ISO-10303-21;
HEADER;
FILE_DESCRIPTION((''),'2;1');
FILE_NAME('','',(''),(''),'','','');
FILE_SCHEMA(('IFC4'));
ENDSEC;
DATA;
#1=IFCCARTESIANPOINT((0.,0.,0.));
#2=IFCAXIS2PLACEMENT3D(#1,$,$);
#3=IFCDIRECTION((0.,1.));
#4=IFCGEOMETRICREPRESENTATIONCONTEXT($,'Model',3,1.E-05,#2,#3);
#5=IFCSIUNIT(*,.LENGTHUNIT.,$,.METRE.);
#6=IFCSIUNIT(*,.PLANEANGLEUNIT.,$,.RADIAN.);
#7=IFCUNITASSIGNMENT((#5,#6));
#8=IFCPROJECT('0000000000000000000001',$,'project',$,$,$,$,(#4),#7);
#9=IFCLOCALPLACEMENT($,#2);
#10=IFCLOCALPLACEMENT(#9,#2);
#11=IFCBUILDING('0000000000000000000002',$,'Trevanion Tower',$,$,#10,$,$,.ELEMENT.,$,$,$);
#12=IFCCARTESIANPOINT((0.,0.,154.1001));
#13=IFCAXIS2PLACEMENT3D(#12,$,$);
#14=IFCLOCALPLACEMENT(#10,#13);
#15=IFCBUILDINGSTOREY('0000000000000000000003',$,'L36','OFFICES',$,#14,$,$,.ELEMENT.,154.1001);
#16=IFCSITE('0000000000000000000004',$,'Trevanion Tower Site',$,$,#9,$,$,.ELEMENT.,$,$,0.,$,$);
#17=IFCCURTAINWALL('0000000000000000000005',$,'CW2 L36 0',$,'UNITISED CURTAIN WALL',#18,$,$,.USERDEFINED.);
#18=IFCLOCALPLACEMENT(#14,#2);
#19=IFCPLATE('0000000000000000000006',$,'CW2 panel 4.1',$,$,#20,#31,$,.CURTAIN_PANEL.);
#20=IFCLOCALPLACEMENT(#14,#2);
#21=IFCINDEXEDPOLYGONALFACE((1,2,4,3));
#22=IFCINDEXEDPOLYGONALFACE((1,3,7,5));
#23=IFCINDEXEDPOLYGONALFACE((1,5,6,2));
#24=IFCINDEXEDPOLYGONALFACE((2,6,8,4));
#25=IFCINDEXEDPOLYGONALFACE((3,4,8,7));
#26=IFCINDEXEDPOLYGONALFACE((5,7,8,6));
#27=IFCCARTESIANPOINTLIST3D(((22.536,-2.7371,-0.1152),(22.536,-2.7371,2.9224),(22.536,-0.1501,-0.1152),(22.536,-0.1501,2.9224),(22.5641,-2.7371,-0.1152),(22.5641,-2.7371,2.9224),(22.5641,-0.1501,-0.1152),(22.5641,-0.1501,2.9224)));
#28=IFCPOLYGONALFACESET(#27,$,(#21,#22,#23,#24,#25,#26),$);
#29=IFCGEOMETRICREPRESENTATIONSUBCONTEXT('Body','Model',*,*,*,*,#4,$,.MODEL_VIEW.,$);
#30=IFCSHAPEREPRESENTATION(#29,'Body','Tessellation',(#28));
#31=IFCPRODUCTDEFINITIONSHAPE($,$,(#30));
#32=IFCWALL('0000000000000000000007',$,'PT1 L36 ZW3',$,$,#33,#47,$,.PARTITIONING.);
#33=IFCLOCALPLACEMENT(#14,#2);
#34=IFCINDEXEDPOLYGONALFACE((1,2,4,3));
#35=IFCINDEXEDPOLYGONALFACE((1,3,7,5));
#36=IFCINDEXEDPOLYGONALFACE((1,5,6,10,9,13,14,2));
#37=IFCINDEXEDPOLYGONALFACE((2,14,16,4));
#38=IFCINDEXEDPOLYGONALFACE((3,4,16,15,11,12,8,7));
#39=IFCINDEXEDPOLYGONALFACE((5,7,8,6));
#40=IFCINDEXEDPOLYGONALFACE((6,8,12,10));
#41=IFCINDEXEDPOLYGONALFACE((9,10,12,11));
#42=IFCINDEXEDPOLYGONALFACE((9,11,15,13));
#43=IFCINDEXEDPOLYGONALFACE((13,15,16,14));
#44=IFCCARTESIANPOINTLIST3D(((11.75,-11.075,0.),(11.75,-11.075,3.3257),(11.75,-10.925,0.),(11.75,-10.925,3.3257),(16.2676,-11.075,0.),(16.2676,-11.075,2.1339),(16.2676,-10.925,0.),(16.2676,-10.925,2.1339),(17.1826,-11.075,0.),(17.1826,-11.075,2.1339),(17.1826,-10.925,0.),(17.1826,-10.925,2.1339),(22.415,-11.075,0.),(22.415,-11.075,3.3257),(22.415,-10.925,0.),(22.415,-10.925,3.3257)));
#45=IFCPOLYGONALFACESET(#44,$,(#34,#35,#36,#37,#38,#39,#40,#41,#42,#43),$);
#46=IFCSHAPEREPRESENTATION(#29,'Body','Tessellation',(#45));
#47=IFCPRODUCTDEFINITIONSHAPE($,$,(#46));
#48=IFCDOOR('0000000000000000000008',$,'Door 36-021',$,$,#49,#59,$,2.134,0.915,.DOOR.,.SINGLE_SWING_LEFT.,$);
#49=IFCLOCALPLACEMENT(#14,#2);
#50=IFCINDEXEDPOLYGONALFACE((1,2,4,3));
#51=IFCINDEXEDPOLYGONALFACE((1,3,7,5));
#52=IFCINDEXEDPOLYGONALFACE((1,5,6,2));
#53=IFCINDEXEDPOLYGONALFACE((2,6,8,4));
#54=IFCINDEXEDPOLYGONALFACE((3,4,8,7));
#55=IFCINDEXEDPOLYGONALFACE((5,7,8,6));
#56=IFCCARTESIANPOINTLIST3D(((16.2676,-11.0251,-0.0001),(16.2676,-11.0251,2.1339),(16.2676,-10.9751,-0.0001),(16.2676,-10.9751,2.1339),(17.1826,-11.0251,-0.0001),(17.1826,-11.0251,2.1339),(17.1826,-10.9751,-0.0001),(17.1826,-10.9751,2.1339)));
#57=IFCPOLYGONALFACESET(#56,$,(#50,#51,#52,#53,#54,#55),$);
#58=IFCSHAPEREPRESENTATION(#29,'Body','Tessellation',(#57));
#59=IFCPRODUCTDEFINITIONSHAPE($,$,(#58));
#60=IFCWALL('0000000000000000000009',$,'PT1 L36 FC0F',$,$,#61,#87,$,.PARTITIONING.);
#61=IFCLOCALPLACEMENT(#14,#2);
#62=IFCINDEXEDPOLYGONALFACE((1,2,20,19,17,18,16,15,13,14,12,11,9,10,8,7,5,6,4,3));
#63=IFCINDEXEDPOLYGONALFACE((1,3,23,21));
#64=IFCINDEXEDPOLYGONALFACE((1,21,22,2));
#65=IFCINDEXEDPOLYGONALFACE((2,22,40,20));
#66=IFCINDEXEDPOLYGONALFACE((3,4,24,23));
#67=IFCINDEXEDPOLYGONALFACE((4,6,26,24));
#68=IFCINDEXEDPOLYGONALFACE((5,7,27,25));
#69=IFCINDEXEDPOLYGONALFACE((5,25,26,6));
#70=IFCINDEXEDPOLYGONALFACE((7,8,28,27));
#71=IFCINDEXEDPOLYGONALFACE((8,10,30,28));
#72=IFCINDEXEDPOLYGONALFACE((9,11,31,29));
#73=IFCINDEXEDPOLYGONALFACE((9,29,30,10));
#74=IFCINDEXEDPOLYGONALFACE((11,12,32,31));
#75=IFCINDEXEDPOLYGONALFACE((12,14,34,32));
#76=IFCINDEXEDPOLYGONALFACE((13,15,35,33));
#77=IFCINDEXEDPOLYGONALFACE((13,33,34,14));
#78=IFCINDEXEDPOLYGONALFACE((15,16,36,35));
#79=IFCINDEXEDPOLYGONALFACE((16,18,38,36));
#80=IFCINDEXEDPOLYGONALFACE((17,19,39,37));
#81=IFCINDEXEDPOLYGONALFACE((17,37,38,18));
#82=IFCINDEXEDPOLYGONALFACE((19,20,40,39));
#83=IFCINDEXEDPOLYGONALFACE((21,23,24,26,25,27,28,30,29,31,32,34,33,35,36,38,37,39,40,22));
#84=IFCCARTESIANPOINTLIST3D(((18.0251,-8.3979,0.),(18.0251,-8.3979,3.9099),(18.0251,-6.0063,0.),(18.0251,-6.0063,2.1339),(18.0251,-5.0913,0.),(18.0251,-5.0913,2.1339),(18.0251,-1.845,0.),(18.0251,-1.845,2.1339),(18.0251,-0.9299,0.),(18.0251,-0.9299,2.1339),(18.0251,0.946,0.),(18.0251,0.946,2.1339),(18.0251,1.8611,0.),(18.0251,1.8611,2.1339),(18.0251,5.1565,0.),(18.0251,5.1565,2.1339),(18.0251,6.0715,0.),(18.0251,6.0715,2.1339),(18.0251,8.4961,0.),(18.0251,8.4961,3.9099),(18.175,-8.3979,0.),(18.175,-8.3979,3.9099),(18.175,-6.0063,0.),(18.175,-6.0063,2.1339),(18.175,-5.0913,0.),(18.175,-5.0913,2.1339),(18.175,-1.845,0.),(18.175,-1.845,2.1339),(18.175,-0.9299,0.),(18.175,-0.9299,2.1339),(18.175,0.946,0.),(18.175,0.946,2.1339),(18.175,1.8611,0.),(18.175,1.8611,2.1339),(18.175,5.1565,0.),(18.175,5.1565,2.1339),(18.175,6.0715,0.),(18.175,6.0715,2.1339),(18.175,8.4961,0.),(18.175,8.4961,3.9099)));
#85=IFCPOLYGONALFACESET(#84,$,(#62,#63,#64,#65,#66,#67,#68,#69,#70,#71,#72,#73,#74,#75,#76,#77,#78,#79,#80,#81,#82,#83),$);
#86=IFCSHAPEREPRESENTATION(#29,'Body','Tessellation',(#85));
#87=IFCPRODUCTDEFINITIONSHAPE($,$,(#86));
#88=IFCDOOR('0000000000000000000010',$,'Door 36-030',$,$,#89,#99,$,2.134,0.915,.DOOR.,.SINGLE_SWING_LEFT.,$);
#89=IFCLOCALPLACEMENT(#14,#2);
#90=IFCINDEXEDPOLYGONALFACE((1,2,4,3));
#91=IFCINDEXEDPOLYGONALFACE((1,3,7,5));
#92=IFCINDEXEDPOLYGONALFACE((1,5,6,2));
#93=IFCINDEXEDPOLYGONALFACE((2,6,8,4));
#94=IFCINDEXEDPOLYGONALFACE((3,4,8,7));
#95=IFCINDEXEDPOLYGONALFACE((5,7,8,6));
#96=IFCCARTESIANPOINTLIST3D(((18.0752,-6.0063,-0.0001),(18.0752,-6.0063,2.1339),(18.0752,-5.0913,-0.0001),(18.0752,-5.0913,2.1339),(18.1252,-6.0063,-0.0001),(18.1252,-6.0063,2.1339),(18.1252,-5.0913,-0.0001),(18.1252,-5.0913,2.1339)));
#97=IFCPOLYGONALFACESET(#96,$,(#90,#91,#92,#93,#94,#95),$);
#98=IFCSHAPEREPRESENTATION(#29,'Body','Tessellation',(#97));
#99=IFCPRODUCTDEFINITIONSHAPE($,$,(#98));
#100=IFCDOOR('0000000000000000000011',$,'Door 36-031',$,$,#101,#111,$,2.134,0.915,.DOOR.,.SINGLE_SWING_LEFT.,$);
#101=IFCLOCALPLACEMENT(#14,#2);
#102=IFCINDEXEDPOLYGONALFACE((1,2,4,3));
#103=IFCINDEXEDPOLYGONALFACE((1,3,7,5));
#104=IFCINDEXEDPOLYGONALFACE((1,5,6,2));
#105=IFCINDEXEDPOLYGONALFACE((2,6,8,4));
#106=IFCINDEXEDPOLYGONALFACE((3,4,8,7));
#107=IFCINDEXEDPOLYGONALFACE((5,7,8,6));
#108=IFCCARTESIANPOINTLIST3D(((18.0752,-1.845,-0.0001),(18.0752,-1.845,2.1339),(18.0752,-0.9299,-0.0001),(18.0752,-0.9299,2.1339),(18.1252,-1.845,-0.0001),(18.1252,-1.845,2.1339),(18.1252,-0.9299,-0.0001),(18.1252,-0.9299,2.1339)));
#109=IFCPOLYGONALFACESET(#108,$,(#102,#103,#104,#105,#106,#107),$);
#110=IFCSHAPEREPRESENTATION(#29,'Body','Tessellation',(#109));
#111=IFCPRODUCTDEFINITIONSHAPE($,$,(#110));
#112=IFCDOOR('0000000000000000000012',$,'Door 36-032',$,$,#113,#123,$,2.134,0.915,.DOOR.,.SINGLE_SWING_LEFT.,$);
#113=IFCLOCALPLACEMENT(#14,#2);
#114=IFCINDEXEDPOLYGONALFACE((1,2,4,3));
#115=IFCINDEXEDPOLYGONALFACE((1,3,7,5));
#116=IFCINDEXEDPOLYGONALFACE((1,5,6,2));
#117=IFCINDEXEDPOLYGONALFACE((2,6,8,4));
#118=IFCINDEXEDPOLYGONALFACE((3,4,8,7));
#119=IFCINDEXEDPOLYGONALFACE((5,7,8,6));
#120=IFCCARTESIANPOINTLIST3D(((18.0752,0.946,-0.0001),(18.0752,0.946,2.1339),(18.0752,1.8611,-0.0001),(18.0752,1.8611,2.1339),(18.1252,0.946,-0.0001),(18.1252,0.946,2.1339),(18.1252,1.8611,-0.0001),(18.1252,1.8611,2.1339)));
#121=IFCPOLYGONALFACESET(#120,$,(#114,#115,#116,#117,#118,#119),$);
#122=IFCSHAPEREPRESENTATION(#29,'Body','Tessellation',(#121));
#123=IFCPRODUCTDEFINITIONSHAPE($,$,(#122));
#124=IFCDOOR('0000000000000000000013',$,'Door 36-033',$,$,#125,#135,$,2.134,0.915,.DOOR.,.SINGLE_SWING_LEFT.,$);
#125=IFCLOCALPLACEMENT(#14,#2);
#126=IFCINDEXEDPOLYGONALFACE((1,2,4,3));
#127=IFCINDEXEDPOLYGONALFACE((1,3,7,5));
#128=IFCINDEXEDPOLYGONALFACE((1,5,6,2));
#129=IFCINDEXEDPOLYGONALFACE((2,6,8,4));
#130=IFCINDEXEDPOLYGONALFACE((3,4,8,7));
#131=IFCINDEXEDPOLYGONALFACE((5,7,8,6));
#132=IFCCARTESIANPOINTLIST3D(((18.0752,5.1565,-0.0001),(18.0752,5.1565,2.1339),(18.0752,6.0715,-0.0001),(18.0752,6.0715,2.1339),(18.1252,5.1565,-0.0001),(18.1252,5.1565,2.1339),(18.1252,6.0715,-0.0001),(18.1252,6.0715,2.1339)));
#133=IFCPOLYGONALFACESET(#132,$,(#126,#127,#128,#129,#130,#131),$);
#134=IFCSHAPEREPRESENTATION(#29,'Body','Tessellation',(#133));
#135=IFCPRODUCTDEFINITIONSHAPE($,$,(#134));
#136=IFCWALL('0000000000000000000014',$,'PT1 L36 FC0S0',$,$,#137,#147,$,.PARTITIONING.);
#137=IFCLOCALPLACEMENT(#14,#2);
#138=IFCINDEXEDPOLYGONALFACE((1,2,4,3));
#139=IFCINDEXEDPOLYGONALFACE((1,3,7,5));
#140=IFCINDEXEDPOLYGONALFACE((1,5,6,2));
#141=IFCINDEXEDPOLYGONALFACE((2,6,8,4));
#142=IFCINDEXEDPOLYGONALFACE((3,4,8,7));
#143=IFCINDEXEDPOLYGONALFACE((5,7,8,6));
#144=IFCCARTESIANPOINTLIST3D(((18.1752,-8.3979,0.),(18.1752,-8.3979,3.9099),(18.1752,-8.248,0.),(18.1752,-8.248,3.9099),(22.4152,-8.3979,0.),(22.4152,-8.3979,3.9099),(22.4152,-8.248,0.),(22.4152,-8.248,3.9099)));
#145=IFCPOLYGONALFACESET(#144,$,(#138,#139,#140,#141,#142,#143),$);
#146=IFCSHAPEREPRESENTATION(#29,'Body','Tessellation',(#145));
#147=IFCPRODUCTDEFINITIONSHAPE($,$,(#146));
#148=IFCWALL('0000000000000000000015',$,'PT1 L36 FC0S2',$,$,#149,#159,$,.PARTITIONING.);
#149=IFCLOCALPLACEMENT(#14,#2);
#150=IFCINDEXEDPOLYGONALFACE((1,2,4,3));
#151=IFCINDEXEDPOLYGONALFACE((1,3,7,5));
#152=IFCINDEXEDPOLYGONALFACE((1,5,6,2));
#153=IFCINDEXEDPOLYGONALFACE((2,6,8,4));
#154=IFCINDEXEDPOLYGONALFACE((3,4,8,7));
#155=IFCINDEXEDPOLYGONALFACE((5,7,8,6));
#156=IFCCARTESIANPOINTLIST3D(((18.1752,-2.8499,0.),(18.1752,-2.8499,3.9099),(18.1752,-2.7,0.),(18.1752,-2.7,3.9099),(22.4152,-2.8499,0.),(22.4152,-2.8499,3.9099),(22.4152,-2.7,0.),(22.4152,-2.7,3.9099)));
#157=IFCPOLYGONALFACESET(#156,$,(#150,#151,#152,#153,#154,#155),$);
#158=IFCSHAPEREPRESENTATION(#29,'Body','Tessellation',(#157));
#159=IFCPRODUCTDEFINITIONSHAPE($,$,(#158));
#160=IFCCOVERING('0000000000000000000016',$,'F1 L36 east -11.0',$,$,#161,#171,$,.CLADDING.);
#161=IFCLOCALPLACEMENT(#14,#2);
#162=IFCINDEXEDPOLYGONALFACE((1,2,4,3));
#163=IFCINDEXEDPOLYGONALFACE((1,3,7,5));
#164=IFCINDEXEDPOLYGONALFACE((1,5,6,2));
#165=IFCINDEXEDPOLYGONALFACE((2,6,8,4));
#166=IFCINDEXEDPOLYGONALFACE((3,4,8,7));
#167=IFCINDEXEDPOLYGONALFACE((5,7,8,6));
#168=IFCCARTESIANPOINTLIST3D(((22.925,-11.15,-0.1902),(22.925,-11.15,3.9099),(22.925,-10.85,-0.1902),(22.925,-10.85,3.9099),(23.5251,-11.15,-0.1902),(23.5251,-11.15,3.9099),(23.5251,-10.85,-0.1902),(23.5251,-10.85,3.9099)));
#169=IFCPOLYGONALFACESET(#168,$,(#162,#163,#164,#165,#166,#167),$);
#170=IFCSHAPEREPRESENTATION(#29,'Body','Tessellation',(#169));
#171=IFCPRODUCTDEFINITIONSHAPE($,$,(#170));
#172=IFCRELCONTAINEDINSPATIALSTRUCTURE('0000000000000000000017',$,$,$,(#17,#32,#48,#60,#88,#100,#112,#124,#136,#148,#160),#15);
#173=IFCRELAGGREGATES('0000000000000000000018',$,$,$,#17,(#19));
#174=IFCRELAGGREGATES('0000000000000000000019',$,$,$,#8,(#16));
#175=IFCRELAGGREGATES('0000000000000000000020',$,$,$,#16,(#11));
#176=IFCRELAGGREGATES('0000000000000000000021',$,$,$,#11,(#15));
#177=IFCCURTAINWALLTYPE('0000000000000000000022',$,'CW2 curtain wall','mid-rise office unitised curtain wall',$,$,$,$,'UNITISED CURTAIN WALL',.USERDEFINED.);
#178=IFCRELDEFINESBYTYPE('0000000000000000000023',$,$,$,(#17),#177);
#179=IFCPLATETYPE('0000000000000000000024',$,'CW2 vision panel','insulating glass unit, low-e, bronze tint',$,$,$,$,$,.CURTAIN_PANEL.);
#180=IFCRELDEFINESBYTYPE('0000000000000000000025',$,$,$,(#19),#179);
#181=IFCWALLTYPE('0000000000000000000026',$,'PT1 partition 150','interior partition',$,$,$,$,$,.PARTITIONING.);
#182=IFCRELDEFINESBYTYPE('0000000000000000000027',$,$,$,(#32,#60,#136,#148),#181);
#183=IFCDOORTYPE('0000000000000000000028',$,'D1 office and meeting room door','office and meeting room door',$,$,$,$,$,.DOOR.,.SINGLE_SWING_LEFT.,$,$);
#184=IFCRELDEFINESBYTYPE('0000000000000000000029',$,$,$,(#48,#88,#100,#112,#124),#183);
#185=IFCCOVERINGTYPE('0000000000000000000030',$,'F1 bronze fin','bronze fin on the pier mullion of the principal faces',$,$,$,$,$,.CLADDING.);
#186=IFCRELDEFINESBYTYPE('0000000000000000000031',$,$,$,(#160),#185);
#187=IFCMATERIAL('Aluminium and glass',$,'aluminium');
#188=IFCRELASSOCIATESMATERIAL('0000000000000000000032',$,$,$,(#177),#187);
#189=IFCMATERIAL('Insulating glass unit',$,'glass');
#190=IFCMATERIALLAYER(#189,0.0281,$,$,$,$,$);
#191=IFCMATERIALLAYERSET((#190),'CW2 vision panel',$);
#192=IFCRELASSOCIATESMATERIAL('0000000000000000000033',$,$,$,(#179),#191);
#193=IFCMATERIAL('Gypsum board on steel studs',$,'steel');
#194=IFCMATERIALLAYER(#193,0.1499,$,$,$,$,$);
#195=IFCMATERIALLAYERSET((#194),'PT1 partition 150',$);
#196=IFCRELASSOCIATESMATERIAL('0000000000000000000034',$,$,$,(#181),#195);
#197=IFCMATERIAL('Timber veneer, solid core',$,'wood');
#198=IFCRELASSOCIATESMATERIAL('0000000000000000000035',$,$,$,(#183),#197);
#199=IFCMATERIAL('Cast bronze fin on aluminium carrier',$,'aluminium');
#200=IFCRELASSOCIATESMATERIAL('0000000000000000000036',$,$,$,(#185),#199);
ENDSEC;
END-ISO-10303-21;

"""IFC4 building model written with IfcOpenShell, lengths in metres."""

from ifc_helpers import new_model, si_unit, direction, frame, frame_2d, origin, origin_2d, place, context, subcontext, project, spatial, rectangle, extrude, material, layer, layer_set, type_object, element, fill, aggregate, save


model = new_model("IFC4")

# Units and contexts
model_context = context("Model", 3, precision=1e-05, world=origin(), true_north=direction((0.0, 1.0)))
body_context = subcontext(model_context, "Body", "Model", "MODEL_VIEW")
ifc_project = project(units=[si_unit("LENGTHUNIT", "METRE"), si_unit("PLANEANGLEUNIT", "RADIAN")], contexts=[model_context])

# Site, building, storey
site_placement = place(None, origin())
site = spatial("IfcSite", under=ifc_project, at=site_placement, Name="Trevanion Tower Site", CompositionType="ELEMENT", RefElevation=0.0)
building_placement = place(site_placement, origin())
building = spatial("IfcBuilding", under=site, at=building_placement, Name="Trevanion Tower", CompositionType="ELEMENT")
storey_placement = place(building_placement, frame((0.0, 0.0, 154.1001)))
storey = spatial("IfcBuildingStorey", under=building, at=storey_placement, Name="L36", Description="OFFICES", CompositionType="ELEMENT", Elevation=154.1001)

# Curtain wall
ifc_material_1 = material(Name="Aluminium and glass", Category="aluminium")
curtain_wall_type = type_object("IfcCurtainWallType", Name="CW2 curtain wall", Description="mid-rise office unitised curtain wall", ElementType="UNITISED CURTAIN WALL", PredefinedType="USERDEFINED", material=ifc_material_1)
curtain_wall_placement = place(storey_placement, origin())
curtain_wall = element("IfcCurtainWall", 1, at=curtain_wall_placement, inside=storey, type_object=curtain_wall_type, Name="CW2 L36 0", ObjectType="UNITISED CURTAIN WALL", PredefinedType="USERDEFINED")

# Plate
ifc_material_2 = material(Name="Insulating glass unit", Category="glass")
ifc_layer_1 = layer(ifc_material_2, 0.0281)
ifc_layer_set_1 = layer_set([ifc_layer_1], Name="CW2 vision panel")
plate_type_1 = type_object("IfcPlateType", Name="CW2 vision panel", Description="insulating glass unit, low-e, bronze tint", PredefinedType="CURTAIN_PANEL", material=ifc_layer_set_1)
plate_1_placement = place(storey_placement, frame((22.55, -1.4436, -0.1152), z_axis=(0.0, 0.0, 1.0), x_axis=(0.0, 1.0, 0.0)))
plate_1 = element("IfcPlate", 2, at=plate_1_placement, type_object=plate_type_1, Name="CW2 panel 4.1", PredefinedType="CURTAIN_PANEL", context=body_context, shape_type="SweptSolid", body=[
    extrude(rectangle(XDim=2.5869, YDim=0.0281, at=origin_2d()), origin(), (0.0, 0.0, 1.0), 3.0376),
])
aggregate(curtain_wall, [plate_1])

# Wall, opening, door
ifc_material_3 = material(Name="Gypsum board on steel studs", Category="steel")
ifc_layer_2 = layer(ifc_material_3, 0.1499)
ifc_layer_set_2 = layer_set([ifc_layer_2], Name="PT1 partition 150")
wall_type = type_object("IfcWallType", Name="PT1 partition 150", Description="interior partition", PredefinedType="PARTITIONING", material=ifc_layer_set_2)
wall_1_placement = place(storey_placement, frame((11.75, -11.0, 0.0), z_axis=(0.0, 0.0, 1.0), x_axis=(1.0, 0.0, 0.0)))
wall_1 = element("IfcWall", 3, at=wall_1_placement, inside=storey, type_object=wall_type, Name="PT1 L36 ZW3", PredefinedType="PARTITIONING", context=body_context, shape_type="SweptSolid", body=[
    extrude(rectangle(XDim=10.665, YDim=0.1499, at=frame_2d((5.3325, 0.0))), origin(), (0.0, 0.0, 1.0), 3.3257),
])
opening_1_placement = place(wall_1_placement, frame((4.5176, 0.0, 0.0)))
opening_1 = element("IfcOpeningElement", 4, at=opening_1_placement, cuts=wall_1, PredefinedType="OPENING", context=body_context, shape_type="SweptSolid", body=[
    extrude(rectangle(XDim=0.915, YDim=2.134, at=frame_2d((0.4575, 1.0669))), frame((0.0, 0.085, 0.0), z_axis=(0.0, -1.0, 0.0), x_axis=(1.0, 0.0, 0.0)), (0.0, 0.0, 1.0), 0.1699),
])
ifc_material_4 = material(Name="Timber veneer, solid core", Category="wood")
door_type = type_object("IfcDoorType", Name="D1 office and meeting room door", Description="office and meeting room door", OperationType="SINGLE_SWING_LEFT", PredefinedType="DOOR", material=ifc_material_4)
door_1_placement = place(opening_1_placement, origin())
door_1 = element("IfcDoor", 5, at=door_1_placement, inside=storey, type_object=door_type, Name="Door 36-021", OperationType="SINGLE_SWING_LEFT", OverallHeight=2.134, OverallWidth=0.915, PredefinedType="DOOR", context=body_context, shape_type="SweptSolid", body=[
    extrude(rectangle(XDim=0.915, YDim=2.134, at=frame_2d((0.4575, 1.0669))), frame((0.0, 0.0249, 0.0), z_axis=(0.0, -1.0, 0.0), x_axis=(1.0, 0.0, 0.0)), (0.0, 0.0, 1.0), 0.05),
])
fill(opening_1, door_1)

# Wall, openings, doors
wall_2_placement = place(storey_placement, frame((18.1001, -8.3979, 0.0), z_axis=(0.0, 0.0, 1.0), x_axis=(0.0, 1.0, 0.0)))
wall_2 = element("IfcWall", 6, at=wall_2_placement, inside=storey, type_object=wall_type, Name="PT1 L36 FC0F", PredefinedType="PARTITIONING", context=body_context, shape_type="SweptSolid", body=[
    extrude(rectangle(XDim=16.894, YDim=0.1499, at=frame_2d((8.447, 0.0))), origin(), (0.0, 0.0, 1.0), 3.9099),
])
opening_2_placement = place(wall_2_placement, frame((2.3916, 0.0, 0.0)))
opening_2 = element("IfcOpeningElement", 7, at=opening_2_placement, cuts=wall_2, PredefinedType="OPENING", context=body_context, shape_type="SweptSolid", body=[
    extrude(rectangle(XDim=0.915, YDim=2.134, at=frame_2d((0.4575, 1.0669))), frame((0.0, 0.085, 0.0), z_axis=(0.0, -1.0, 0.0), x_axis=(1.0, 0.0, 0.0)), (0.0, 0.0, 1.0), 0.1699),
])
opening_3_placement = place(wall_2_placement, frame((6.553, 0.0, 0.0)))
opening_3 = element("IfcOpeningElement", 8, at=opening_3_placement, cuts=wall_2, PredefinedType="OPENING", context=body_context, shape_type="SweptSolid", body=[
    extrude(rectangle(XDim=0.915, YDim=2.134, at=frame_2d((0.4575, 1.0669))), frame((0.0, 0.085, 0.0), z_axis=(0.0, -1.0, 0.0), x_axis=(1.0, 0.0, 0.0)), (0.0, 0.0, 1.0), 0.1699),
])
opening_4_placement = place(wall_2_placement, frame((9.344, 0.0, 0.0)))
opening_4 = element("IfcOpeningElement", 9, at=opening_4_placement, cuts=wall_2, PredefinedType="OPENING", context=body_context, shape_type="SweptSolid", body=[
    extrude(rectangle(XDim=0.915, YDim=2.134, at=frame_2d((0.4575, 1.0669))), frame((0.0, 0.085, 0.0), z_axis=(0.0, -1.0, 0.0), x_axis=(1.0, 0.0, 0.0)), (0.0, 0.0, 1.0), 0.1699),
])
opening_5_placement = place(wall_2_placement, frame((13.5544, 0.0, 0.0)))
opening_5 = element("IfcOpeningElement", 10, at=opening_5_placement, cuts=wall_2, PredefinedType="OPENING", context=body_context, shape_type="SweptSolid", body=[
    extrude(rectangle(XDim=0.915, YDim=2.134, at=frame_2d((0.4575, 1.0669))), frame((0.0, 0.085, 0.0), z_axis=(0.0, -1.0, 0.0), x_axis=(1.0, 0.0, 0.0)), (0.0, 0.0, 1.0), 0.1699),
])
door_2_placement = place(opening_2_placement, origin())
door_2 = element("IfcDoor", 11, at=door_2_placement, inside=storey, type_object=door_type, Name="Door 36-030", OperationType="SINGLE_SWING_LEFT", OverallHeight=2.134, OverallWidth=0.915, PredefinedType="DOOR", context=body_context, shape_type="SweptSolid", body=[
    extrude(rectangle(XDim=0.915, YDim=2.134, at=frame_2d((0.4575, 1.0669))), frame((0.0, 0.0249, 0.0), z_axis=(0.0, -1.0, 0.0), x_axis=(1.0, 0.0, 0.0)), (0.0, 0.0, 1.0), 0.05),
])
fill(opening_2, door_2)
door_3_placement = place(opening_3_placement, origin())
door_3 = element("IfcDoor", 12, at=door_3_placement, inside=storey, type_object=door_type, Name="Door 36-031", OperationType="SINGLE_SWING_LEFT", OverallHeight=2.134, OverallWidth=0.915, PredefinedType="DOOR", context=body_context, shape_type="SweptSolid", body=[
    extrude(rectangle(XDim=0.915, YDim=2.134, at=frame_2d((0.4575, 1.0669))), frame((0.0, 0.0249, 0.0), z_axis=(0.0, -1.0, 0.0), x_axis=(1.0, 0.0, 0.0)), (0.0, 0.0, 1.0), 0.05),
])
fill(opening_3, door_3)
door_4_placement = place(opening_4_placement, origin())
door_4 = element("IfcDoor", 13, at=door_4_placement, inside=storey, type_object=door_type, Name="Door 36-032", OperationType="SINGLE_SWING_LEFT", OverallHeight=2.134, OverallWidth=0.915, PredefinedType="DOOR", context=body_context, shape_type="SweptSolid", body=[
    extrude(rectangle(XDim=0.915, YDim=2.134, at=frame_2d((0.4575, 1.0669))), frame((0.0, 0.0249, 0.0), z_axis=(0.0, -1.0, 0.0), x_axis=(1.0, 0.0, 0.0)), (0.0, 0.0, 1.0), 0.05),
])
fill(opening_4, door_4)
door_5_placement = place(opening_5_placement, origin())
door_5 = element("IfcDoor", 14, at=door_5_placement, inside=storey, type_object=door_type, Name="Door 36-033", OperationType="SINGLE_SWING_LEFT", OverallHeight=2.134, OverallWidth=0.915, PredefinedType="DOOR", context=body_context, shape_type="SweptSolid", body=[
    extrude(rectangle(XDim=0.915, YDim=2.134, at=frame_2d((0.4575, 1.0669))), frame((0.0, 0.0249, 0.0), z_axis=(0.0, -1.0, 0.0), x_axis=(1.0, 0.0, 0.0)), (0.0, 0.0, 1.0), 0.05),
])
fill(opening_5, door_5)

# Walls
for number, where, z_axis, x_axis, name in (
    (15, (18.175, -8.323, 0.0), (0.0, 0.0, 1.0), (1.0, 0.0, 0.0), "PT1 L36 FC0S0"),
    (16, (18.175, -2.7749, 0.0), (0.0, 0.0, 1.0), (1.0, 0.0, 0.0), "PT1 L36 FC0S2"),
):
    element("IfcWall", number, at=place(storey_placement, frame(where, z_axis=z_axis, x_axis=x_axis)), inside=storey, type_object=wall_type, Name=name, PredefinedType="PARTITIONING", context=body_context, shape_type="SweptSolid", body=[
        extrude(rectangle(XDim=4.24, YDim=0.1499, at=frame_2d((2.1201, 0.0))), origin(), (0.0, 0.0, 1.0), 3.9099),
    ])

# Covering
ifc_material_5 = material(Name="Cast bronze fin on aluminium carrier", Category="aluminium")
covering_type = type_object("IfcCoveringType", Name="F1 bronze fin", Description="bronze fin on the pier mullion of the principal faces", PredefinedType="CLADDING", material=ifc_material_5)
covering_placement = place(storey_placement, frame((23.2251, -11.0, -0.1902), z_axis=(0.0, 0.0, 1.0), x_axis=(0.0, 1.0, 0.0)))
element("IfcCovering", 17, at=covering_placement, inside=storey, type_object=covering_type, Name="F1 L36 east -11.0", PredefinedType="CLADDING", context=body_context, shape_type="SweptSolid", body=[
    extrude(rectangle(XDim=0.3, YDim=0.6001, at=origin_2d()), origin(), (0.0, 0.0, 1.0), 4.1001),
])

save(model, "model.ifc")
